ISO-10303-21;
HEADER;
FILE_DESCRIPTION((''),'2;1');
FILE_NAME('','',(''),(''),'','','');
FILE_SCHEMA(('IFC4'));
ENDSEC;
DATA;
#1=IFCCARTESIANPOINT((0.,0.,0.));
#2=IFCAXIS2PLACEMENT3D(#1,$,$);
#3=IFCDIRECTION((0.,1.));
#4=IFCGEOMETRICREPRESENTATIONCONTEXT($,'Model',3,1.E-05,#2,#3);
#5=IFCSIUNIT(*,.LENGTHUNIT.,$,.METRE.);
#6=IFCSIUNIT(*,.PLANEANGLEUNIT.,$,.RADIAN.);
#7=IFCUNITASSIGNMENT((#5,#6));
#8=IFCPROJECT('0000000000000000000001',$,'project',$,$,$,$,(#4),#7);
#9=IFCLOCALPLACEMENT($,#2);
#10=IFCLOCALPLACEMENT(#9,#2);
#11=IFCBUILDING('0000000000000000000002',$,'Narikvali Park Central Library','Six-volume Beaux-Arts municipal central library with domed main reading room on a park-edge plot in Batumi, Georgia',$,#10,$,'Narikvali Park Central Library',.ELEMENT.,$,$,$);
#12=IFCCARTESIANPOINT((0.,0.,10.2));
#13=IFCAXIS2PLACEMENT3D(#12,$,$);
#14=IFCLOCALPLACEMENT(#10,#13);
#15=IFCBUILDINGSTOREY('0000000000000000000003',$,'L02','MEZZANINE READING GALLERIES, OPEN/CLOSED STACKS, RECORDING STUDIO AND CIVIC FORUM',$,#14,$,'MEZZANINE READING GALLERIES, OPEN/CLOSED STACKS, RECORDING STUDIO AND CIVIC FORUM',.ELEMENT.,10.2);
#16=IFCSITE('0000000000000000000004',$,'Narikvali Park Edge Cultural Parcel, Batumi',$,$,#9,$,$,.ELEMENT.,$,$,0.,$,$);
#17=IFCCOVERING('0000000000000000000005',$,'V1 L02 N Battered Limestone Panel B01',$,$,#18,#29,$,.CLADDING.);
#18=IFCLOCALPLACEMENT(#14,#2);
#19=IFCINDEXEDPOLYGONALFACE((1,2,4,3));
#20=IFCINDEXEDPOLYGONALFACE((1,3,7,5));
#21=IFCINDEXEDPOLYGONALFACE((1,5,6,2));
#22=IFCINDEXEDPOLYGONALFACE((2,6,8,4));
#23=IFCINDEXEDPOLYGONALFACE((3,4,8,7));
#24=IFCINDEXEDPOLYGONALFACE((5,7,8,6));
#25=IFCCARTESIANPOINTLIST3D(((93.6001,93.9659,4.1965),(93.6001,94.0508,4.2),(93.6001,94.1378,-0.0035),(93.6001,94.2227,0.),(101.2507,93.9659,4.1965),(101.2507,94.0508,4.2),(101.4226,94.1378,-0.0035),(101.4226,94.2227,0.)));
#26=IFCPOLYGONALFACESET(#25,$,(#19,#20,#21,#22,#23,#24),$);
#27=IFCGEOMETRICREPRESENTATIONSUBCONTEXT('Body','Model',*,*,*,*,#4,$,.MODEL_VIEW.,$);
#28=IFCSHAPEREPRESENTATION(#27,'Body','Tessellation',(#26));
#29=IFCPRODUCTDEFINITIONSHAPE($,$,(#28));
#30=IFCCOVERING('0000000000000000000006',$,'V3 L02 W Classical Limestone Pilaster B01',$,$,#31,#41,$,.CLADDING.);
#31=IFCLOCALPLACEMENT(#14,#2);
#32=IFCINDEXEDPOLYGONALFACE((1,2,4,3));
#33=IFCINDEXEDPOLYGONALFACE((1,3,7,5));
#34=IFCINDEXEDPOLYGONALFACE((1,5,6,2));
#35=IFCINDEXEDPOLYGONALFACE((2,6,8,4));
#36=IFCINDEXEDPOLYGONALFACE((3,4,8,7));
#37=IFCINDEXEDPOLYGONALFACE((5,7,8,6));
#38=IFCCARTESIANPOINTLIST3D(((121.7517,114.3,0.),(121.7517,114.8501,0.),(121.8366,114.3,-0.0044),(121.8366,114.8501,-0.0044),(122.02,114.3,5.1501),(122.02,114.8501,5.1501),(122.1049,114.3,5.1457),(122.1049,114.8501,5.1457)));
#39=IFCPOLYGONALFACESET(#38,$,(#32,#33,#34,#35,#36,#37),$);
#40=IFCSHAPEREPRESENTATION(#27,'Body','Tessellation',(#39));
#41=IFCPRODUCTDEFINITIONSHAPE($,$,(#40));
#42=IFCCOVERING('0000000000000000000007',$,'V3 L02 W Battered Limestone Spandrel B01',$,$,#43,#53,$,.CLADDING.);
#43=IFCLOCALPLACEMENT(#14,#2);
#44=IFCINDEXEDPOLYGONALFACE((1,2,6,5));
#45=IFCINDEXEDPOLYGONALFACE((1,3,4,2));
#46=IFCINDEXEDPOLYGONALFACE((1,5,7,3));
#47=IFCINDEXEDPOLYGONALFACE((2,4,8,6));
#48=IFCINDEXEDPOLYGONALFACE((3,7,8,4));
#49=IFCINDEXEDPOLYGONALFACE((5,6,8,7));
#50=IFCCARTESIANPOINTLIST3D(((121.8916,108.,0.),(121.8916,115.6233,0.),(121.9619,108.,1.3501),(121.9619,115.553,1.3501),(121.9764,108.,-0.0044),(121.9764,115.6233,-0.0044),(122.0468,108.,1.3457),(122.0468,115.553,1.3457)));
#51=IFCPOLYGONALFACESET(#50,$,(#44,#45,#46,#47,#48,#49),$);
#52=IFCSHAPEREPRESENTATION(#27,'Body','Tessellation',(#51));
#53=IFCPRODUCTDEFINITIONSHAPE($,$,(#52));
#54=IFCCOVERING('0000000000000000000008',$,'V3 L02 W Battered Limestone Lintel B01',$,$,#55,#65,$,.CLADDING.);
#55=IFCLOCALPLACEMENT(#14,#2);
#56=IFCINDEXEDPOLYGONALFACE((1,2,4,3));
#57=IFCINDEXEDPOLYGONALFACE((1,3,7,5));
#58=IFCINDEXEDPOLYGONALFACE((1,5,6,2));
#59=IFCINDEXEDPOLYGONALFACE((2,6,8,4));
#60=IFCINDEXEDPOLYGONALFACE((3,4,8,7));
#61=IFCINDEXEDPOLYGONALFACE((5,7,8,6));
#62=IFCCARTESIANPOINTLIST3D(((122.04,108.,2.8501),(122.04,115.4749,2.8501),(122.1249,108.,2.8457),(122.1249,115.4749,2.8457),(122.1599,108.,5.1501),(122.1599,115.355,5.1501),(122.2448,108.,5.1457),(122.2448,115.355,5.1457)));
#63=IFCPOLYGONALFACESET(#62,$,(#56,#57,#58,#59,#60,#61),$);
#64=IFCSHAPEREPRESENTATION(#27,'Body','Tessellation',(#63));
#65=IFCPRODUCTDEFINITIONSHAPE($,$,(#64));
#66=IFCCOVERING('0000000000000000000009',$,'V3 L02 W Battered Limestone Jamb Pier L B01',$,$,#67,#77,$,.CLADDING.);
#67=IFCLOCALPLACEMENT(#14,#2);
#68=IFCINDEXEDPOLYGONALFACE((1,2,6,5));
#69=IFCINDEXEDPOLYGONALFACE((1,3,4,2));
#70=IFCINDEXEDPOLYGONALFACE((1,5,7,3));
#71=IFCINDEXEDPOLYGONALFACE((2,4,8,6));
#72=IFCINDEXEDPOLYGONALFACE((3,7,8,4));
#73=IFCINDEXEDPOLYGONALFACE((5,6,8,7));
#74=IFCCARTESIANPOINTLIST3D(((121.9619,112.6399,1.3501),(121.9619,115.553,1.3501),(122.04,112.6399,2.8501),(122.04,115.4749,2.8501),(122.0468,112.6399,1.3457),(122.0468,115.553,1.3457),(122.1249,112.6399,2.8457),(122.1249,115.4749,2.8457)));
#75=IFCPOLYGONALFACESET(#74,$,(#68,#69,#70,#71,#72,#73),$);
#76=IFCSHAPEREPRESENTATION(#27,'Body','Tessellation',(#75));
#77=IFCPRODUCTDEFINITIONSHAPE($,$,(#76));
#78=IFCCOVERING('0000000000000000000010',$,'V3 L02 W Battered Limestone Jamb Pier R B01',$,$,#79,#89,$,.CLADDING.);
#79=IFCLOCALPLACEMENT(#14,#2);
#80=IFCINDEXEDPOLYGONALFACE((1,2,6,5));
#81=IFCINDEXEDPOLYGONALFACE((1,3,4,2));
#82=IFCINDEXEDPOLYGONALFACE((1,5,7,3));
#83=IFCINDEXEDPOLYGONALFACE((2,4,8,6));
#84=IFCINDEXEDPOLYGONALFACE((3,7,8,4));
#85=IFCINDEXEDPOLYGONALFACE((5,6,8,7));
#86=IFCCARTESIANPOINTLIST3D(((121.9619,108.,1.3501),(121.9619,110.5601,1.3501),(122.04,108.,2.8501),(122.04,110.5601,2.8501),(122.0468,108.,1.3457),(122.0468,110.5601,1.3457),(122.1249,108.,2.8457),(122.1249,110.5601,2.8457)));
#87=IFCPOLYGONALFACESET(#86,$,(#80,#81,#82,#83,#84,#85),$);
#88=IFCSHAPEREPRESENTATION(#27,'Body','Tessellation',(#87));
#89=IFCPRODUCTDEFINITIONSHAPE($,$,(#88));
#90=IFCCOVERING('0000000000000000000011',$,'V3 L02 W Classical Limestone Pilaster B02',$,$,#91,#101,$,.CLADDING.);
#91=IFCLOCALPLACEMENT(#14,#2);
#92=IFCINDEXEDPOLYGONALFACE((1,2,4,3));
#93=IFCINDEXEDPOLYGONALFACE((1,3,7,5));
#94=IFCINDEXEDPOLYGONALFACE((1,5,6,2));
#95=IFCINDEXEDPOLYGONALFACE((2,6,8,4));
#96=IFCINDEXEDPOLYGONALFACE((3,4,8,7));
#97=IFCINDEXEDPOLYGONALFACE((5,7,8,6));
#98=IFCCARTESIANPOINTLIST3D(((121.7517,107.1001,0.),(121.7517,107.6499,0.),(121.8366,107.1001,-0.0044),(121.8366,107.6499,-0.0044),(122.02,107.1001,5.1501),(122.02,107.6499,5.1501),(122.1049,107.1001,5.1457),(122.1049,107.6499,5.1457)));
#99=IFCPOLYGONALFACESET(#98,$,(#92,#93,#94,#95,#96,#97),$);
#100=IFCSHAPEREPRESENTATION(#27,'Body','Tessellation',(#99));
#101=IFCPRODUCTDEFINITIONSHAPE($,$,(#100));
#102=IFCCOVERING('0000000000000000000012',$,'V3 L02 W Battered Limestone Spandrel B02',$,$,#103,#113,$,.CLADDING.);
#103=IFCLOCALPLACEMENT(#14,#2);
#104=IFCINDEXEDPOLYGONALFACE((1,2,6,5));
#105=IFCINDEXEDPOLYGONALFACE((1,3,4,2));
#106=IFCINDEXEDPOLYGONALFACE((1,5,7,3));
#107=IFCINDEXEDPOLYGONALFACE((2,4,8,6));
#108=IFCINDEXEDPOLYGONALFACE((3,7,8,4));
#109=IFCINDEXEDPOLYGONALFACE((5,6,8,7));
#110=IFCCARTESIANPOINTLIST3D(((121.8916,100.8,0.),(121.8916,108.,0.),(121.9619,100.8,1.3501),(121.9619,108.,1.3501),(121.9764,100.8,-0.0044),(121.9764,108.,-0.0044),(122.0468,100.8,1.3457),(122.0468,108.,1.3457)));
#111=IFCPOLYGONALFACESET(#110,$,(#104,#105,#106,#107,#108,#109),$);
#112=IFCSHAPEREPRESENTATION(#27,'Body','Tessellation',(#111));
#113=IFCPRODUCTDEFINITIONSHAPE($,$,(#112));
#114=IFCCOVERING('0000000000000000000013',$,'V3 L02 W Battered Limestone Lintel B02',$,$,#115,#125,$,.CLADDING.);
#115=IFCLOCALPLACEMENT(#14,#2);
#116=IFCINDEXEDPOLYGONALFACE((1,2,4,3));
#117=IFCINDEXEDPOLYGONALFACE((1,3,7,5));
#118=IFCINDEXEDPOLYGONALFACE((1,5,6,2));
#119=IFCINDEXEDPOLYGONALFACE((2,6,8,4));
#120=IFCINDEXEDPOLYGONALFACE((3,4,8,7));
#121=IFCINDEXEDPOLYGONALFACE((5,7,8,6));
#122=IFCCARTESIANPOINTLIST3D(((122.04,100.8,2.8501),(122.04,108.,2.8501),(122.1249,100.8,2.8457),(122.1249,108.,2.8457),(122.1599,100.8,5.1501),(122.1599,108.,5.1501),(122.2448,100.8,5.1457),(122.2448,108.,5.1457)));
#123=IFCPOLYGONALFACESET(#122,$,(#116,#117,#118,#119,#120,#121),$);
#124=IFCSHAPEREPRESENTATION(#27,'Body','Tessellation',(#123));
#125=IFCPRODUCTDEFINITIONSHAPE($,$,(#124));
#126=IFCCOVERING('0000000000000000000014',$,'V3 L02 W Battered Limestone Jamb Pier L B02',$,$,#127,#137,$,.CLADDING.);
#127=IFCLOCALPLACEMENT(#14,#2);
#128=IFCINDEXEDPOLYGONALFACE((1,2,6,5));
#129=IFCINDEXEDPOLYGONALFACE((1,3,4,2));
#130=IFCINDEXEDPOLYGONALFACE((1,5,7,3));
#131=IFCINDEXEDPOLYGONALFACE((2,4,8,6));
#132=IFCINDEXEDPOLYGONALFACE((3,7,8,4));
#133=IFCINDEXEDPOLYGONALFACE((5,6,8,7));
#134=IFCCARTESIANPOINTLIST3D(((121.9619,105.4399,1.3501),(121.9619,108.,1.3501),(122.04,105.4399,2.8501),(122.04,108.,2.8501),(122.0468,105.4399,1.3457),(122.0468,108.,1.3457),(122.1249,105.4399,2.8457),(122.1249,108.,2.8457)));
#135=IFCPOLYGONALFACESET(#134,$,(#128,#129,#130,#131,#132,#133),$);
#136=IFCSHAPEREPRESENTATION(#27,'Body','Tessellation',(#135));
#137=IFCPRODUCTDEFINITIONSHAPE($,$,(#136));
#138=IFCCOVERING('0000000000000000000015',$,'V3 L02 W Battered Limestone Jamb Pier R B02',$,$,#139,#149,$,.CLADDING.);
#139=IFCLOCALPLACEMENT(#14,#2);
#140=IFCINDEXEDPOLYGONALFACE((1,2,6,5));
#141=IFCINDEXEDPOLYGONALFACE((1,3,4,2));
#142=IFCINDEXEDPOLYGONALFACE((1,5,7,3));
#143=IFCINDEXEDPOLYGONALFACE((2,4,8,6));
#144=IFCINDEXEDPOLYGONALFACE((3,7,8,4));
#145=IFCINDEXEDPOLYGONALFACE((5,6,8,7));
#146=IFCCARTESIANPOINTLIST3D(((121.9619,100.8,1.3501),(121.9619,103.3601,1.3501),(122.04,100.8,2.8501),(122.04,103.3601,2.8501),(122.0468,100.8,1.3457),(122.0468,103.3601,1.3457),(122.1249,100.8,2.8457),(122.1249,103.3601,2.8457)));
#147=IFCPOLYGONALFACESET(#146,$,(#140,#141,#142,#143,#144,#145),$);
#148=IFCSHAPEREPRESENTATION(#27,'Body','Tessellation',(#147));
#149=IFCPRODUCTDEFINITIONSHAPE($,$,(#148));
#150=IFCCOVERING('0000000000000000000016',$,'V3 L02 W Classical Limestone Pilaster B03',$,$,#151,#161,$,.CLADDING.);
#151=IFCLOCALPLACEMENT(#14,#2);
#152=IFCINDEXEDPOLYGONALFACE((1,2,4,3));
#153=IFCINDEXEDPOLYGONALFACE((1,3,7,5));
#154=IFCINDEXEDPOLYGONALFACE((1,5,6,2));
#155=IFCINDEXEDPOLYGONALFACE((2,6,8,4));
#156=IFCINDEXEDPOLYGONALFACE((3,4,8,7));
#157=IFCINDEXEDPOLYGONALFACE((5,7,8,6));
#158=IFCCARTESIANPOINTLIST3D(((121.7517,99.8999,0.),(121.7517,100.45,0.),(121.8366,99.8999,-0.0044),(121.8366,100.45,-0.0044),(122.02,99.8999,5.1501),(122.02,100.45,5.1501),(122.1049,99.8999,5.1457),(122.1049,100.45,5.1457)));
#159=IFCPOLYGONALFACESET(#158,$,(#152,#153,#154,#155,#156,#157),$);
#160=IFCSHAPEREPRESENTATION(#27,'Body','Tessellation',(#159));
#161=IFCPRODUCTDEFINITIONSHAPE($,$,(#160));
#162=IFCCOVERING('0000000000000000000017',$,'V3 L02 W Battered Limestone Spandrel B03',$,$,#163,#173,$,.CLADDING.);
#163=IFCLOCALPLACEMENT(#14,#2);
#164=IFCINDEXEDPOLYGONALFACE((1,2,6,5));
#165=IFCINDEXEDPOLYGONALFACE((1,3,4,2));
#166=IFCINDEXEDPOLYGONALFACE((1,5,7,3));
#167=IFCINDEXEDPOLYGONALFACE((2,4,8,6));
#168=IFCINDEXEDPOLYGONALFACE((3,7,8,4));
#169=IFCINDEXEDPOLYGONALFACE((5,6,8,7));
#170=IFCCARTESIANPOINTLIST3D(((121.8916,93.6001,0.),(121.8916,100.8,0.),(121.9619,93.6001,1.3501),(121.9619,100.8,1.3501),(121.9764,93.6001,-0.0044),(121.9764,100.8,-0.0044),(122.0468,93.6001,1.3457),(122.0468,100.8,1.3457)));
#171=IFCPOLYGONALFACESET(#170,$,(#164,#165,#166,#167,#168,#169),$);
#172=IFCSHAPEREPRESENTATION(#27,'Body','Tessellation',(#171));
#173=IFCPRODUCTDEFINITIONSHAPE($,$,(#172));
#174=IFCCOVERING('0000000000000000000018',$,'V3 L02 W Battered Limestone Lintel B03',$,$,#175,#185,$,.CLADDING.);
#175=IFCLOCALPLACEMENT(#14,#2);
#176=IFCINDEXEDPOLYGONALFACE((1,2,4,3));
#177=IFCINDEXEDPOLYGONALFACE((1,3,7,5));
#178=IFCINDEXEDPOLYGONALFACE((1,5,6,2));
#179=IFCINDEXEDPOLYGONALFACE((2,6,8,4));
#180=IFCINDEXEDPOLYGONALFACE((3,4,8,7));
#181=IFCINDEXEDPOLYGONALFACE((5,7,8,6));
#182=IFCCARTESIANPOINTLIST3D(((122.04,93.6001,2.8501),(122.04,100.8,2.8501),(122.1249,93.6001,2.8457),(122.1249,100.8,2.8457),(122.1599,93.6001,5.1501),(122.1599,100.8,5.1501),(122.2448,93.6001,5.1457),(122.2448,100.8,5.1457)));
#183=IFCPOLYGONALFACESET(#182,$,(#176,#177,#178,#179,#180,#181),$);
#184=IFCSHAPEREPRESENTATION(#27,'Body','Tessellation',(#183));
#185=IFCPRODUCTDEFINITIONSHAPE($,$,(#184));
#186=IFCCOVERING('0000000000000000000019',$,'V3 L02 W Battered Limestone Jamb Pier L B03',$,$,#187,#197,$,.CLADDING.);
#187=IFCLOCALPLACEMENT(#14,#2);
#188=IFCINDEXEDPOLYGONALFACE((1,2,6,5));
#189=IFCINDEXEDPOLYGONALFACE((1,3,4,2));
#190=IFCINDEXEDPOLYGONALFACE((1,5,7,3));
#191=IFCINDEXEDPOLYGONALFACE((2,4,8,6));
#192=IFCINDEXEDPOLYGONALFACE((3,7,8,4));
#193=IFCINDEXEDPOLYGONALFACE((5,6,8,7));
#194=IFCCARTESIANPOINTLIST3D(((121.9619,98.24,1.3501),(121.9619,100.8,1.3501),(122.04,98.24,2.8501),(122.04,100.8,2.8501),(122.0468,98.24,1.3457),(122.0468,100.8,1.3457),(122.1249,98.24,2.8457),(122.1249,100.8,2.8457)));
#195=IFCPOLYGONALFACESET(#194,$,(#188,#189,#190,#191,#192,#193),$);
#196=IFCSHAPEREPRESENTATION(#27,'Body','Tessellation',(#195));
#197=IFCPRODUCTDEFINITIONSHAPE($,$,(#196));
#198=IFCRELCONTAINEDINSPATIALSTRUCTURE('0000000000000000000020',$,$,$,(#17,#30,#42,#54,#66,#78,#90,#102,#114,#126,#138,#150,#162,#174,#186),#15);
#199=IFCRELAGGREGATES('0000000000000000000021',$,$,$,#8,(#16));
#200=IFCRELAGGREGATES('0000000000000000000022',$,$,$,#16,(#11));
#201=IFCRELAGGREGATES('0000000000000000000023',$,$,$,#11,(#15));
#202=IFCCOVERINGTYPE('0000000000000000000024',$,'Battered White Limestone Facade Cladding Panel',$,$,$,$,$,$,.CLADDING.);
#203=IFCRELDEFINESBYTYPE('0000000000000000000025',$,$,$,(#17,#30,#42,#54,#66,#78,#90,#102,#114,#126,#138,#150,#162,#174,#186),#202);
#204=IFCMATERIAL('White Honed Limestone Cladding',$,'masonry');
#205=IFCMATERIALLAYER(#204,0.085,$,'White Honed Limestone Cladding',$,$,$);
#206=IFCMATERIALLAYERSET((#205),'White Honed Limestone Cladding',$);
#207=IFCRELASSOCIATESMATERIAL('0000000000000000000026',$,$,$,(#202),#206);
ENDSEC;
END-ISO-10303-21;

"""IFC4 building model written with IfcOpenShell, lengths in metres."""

from ifc_helpers import new_model, si_unit, direction, frame, origin, place, context, subcontext, project, spatial, polyline, outline, extrude, material, layer, layer_set, type_object, element, save


model = new_model("IFC4")

# Units and contexts
model_context = context("Model", 3, precision=1e-05, world=origin(), true_north=direction((0.0, 1.0)))
body_context = subcontext(model_context, "Body", "Model", "MODEL_VIEW")
ifc_project = project(units=[si_unit("LENGTHUNIT", "METRE"), si_unit("PLANEANGLEUNIT", "RADIAN")], contexts=[model_context])

# Site, building, storey
site_placement = place(None, origin())
site = spatial("IfcSite", under=ifc_project, at=site_placement, Name="Narikvali Park Edge Cultural Parcel, Batumi", CompositionType="ELEMENT", RefElevation=0.0)
building_placement = place(site_placement, origin())
building = spatial("IfcBuilding", under=site, at=building_placement, Name="Narikvali Park Central Library", Description="Six-volume Beaux-Arts municipal central library with domed main reading room on a park-edge plot in Batumi, Georgia", LongName="Narikvali Park Central Library", CompositionType="ELEMENT")
storey_placement = place(building_placement, frame((0.0, 0.0, 10.2)))
storey = spatial("IfcBuildingStorey", under=building, at=storey_placement, Name="L02", Description="MEZZANINE READING GALLERIES, OPEN/CLOSED STACKS, RECORDING STUDIO AND CIVIC FORUM", LongName="MEZZANINE READING GALLERIES, OPEN/CLOSED STACKS, RECORDING STUDIO AND CIVIC FORUM", CompositionType="ELEMENT", Elevation=10.2)

# Coverings
ifc_material_1 = material(Name="White Honed Limestone Cladding", Category="masonry")
ifc_layer_1 = layer(ifc_material_1, 0.085, Name="White Honed Limestone Cladding")
ifc_layer_set_1 = layer_set([ifc_layer_1], Name="White Honed Limestone Cladding")
covering_type = type_object("IfcCoveringType", Name="Battered White Limestone Facade Cladding Panel", PredefinedType="CLADDING", material=ifc_layer_set_1)
covering_1_placement = place(storey_placement, frame((101.4226, 94.2227, 0.0), z_axis=(0.0, 0.999164, 0.040889), x_axis=(-1.0, 0.0, 0.0)))
element("IfcCovering", 1, at=covering_1_placement, inside=storey, type_object=covering_type, Name="V1 L02 N Battered Limestone Panel B01", PredefinedType="CLADDING", context=body_context, shape_type="SweptSolid", body=[
    extrude(outline(polyline([(0.0, 0.0), (7.8225, 0.0), (7.8225, 4.2035), (0.1719, 4.2035), (0.0, 0.0)])), origin(), (0.0, 0.0, -1.0), 0.085),
])
covering_2_placement = place(storey_placement, frame((121.7517, 114.8501, 0.0), z_axis=(-0.998646, 0.0, 0.052027), x_axis=(0.0, -1.0, 0.0)))
element("IfcCovering", 2, at=covering_2_placement, inside=storey, type_object=covering_type, Name="V3 L02 W Classical Limestone Pilaster B01", PredefinedType="CLADDING", context=body_context, shape_type="SweptSolid", body=[
    extrude(outline(polyline([(0.0, 0.0), (0.55, 0.0), (0.55, 5.1571), (0.0, 5.1571), (0.0, 0.0)])), origin(), (0.0, 0.0, -1.0), 0.085),
])
covering_3_placement = place(storey_placement, frame((121.8916, 115.6233, 0.0), z_axis=(-0.998647, 0.0, 0.052009), x_axis=(0.0, -1.0, 0.0)))
element("IfcCovering", 3, at=covering_3_placement, inside=storey, type_object=covering_type, Name="V3 L02 W Battered Limestone Spandrel B01", PredefinedType="CLADDING", context=body_context, shape_type="SweptSolid", body=[
    extrude(outline(polyline([(0.0, 0.0), (7.6233, 0.0), (7.6233, 1.3519), (0.0703, 1.3519), (0.0, 0.0)])), origin(), (0.0, 0.0, -1.0), 0.085),
])
covering_4_placement = place(storey_placement, frame((122.04, 115.4749, 2.8501), z_axis=(-0.998645, 0.0, 0.052047), x_axis=(0.0, -1.0, 0.0)))
element("IfcCovering", 4, at=covering_4_placement, inside=storey, type_object=covering_type, Name="V3 L02 W Battered Limestone Lintel B01", PredefinedType="CLADDING", context=body_context, shape_type="SweptSolid", body=[
    extrude(outline(polyline([(0.0, 0.0), (7.4749, 0.0), (7.4749, 2.3032), (0.1199, 2.3032), (0.0, 0.0)])), origin(), (0.0, 0.0, -1.0), 0.085),
])
covering_5_placement = place(storey_placement, frame((121.9619, 115.553, 1.3501), z_axis=(-0.998646, 0.0, 0.052013), x_axis=(0.0, -1.0, 0.0)))
element("IfcCovering", 5, at=covering_5_placement, inside=storey, type_object=covering_type, Name="V3 L02 W Battered Limestone Jamb Pier L B01", PredefinedType="CLADDING", context=body_context, shape_type="SweptSolid", body=[
    extrude(outline(polyline([(0.0, 0.0), (2.9131, 0.0), (2.9131, 1.502), (0.0781, 1.502), (0.0, 0.0)])), origin(), (0.0, 0.0, -1.0), 0.085),
])
covering_6_placement = place(storey_placement, frame((121.9619, 110.5601, 1.3501), z_axis=(-0.998646, 0.0, 0.052013), x_axis=(0.0, -1.0, 0.0)))
element("IfcCovering", 6, at=covering_6_placement, inside=storey, type_object=covering_type, Name="V3 L02 W Battered Limestone Jamb Pier R B01", PredefinedType="CLADDING", context=body_context, shape_type="SweptSolid", body=[
    extrude(outline(polyline([(0.0, 0.0), (2.5601, 0.0), (2.5601, 1.502), (0.0, 1.502), (0.0, 0.0)])), origin(), (0.0, 0.0, -1.0), 0.085),
])
covering_7_placement = place(storey_placement, frame((121.7517, 107.6499, 0.0), z_axis=(-0.998646, 0.0, 0.052027), x_axis=(0.0, -1.0, 0.0)))
element("IfcCovering", 7, at=covering_7_placement, inside=storey, type_object=covering_type, Name="V3 L02 W Classical Limestone Pilaster B02", PredefinedType="CLADDING", context=body_context, shape_type="SweptSolid", body=[
    extrude(outline(polyline([(0.0, 0.0), (0.5498, 0.0), (0.5498, 5.1571), (0.0, 5.1571), (0.0, 0.0)])), origin(), (0.0, 0.0, -1.0), 0.085),
])
covering_8_placement = place(storey_placement, frame((121.8916, 108.0, 0.0), z_axis=(-0.998647, 0.0, 0.052009), x_axis=(0.0, -1.0, 0.0)))
element("IfcCovering", 8, at=covering_8_placement, inside=storey, type_object=covering_type, Name="V3 L02 W Battered Limestone Spandrel B02", PredefinedType="CLADDING", context=body_context, shape_type="SweptSolid", body=[
    extrude(outline(polyline([(0.0, 0.0), (7.2, 0.0), (7.2, 1.3519), (0.0, 1.3519), (0.0, 0.0)])), origin(), (0.0, 0.0, -1.0), 0.085),
])
covering_9_placement = place(storey_placement, frame((122.04, 108.0, 2.8501), z_axis=(-0.998645, 0.0, 0.052047), x_axis=(0.0, -1.0, 0.0)))
element("IfcCovering", 9, at=covering_9_placement, inside=storey, type_object=covering_type, Name="V3 L02 W Battered Limestone Lintel B02", PredefinedType="CLADDING", context=body_context, shape_type="SweptSolid", body=[
    extrude(outline(polyline([(0.0, 0.0), (7.2, 0.0), (7.2, 2.3032), (0.0, 2.3032), (0.0, 0.0)])), origin(), (0.0, 0.0, -1.0), 0.085),
])
for number, where, z_axis, x_axis, name in (
    (10, (121.9619, 108.0, 1.3501), (-0.998646, 0.0, 0.052013), (0.0, -1.0, 0.0), "V3 L02 W Battered Limestone Jamb Pier L B02"),
    (11, (121.9619, 103.3601, 1.3501), (-0.998646, 0.0, 0.052013), (0.0, -1.0, 0.0), "V3 L02 W Battered Limestone Jamb Pier R B02"),
):
    element("IfcCovering", number, at=place(storey_placement, frame(where, z_axis=z_axis, x_axis=x_axis)), inside=storey, type_object=covering_type, Name=name, PredefinedType="CLADDING", context=body_context, shape_type="SweptSolid", body=[
        extrude(outline(polyline([(0.0, 0.0), (2.5601, 0.0), (2.5601, 1.502), (0.0, 1.502), (0.0, 0.0)])), origin(), (0.0, 0.0, -1.0), 0.085),
    ])
covering_10_placement = place(storey_placement, frame((121.7517, 100.45, 0.0), z_axis=(-0.998646, 0.0, 0.052027), x_axis=(0.0, -1.0, 0.0)))
element("IfcCovering", 12, at=covering_10_placement, inside=storey, type_object=covering_type, Name="V3 L02 W Classical Limestone Pilaster B03", PredefinedType="CLADDING", context=body_context, shape_type="SweptSolid", body=[
    extrude(outline(polyline([(0.0, 0.0), (0.55, 0.0), (0.55, 5.1571), (0.0, 5.1571), (0.0, 0.0)])), origin(), (0.0, 0.0, -1.0), 0.085),
])
covering_11_placement = place(storey_placement, frame((121.8916, 100.8, 0.0), z_axis=(-0.998647, 0.0, 0.052009), x_axis=(0.0, -1.0, 0.0)))
element("IfcCovering", 13, at=covering_11_placement, inside=storey, type_object=covering_type, Name="V3 L02 W Battered Limestone Spandrel B03", PredefinedType="CLADDING", context=body_context, shape_type="SweptSolid", body=[
    extrude(outline(polyline([(0.0, 0.0), (7.2, 0.0), (7.2, 1.3519), (0.0, 1.3519), (0.0, 0.0)])), origin(), (0.0, 0.0, -1.0), 0.085),
])
covering_12_placement = place(storey_placement, frame((122.04, 100.8, 2.8501), z_axis=(-0.998645, 0.0, 0.052047), x_axis=(0.0, -1.0, 0.0)))
element("IfcCovering", 14, at=covering_12_placement, inside=storey, type_object=covering_type, Name="V3 L02 W Battered Limestone Lintel B03", PredefinedType="CLADDING", context=body_context, shape_type="SweptSolid", body=[
    extrude(outline(polyline([(0.0, 0.0), (7.2, 0.0), (7.2, 2.3032), (0.0, 2.3032), (0.0, 0.0)])), origin(), (0.0, 0.0, -1.0), 0.085),
])
covering_13_placement = place(storey_placement, frame((121.9619, 100.8, 1.3501), z_axis=(-0.998646, 0.0, 0.052013), x_axis=(0.0, -1.0, 0.0)))
element("IfcCovering", 15, at=covering_13_placement, inside=storey, type_object=covering_type, Name="V3 L02 W Battered Limestone Jamb Pier L B03", PredefinedType="CLADDING", context=body_context, shape_type="SweptSolid", body=[
    extrude(outline(polyline([(0.0, 0.0), (2.5601, 0.0), (2.5601, 1.502), (0.0, 1.502), (0.0, 0.0)])), origin(), (0.0, 0.0, -1.0), 0.085),
])

save(model, "model.ifc")
